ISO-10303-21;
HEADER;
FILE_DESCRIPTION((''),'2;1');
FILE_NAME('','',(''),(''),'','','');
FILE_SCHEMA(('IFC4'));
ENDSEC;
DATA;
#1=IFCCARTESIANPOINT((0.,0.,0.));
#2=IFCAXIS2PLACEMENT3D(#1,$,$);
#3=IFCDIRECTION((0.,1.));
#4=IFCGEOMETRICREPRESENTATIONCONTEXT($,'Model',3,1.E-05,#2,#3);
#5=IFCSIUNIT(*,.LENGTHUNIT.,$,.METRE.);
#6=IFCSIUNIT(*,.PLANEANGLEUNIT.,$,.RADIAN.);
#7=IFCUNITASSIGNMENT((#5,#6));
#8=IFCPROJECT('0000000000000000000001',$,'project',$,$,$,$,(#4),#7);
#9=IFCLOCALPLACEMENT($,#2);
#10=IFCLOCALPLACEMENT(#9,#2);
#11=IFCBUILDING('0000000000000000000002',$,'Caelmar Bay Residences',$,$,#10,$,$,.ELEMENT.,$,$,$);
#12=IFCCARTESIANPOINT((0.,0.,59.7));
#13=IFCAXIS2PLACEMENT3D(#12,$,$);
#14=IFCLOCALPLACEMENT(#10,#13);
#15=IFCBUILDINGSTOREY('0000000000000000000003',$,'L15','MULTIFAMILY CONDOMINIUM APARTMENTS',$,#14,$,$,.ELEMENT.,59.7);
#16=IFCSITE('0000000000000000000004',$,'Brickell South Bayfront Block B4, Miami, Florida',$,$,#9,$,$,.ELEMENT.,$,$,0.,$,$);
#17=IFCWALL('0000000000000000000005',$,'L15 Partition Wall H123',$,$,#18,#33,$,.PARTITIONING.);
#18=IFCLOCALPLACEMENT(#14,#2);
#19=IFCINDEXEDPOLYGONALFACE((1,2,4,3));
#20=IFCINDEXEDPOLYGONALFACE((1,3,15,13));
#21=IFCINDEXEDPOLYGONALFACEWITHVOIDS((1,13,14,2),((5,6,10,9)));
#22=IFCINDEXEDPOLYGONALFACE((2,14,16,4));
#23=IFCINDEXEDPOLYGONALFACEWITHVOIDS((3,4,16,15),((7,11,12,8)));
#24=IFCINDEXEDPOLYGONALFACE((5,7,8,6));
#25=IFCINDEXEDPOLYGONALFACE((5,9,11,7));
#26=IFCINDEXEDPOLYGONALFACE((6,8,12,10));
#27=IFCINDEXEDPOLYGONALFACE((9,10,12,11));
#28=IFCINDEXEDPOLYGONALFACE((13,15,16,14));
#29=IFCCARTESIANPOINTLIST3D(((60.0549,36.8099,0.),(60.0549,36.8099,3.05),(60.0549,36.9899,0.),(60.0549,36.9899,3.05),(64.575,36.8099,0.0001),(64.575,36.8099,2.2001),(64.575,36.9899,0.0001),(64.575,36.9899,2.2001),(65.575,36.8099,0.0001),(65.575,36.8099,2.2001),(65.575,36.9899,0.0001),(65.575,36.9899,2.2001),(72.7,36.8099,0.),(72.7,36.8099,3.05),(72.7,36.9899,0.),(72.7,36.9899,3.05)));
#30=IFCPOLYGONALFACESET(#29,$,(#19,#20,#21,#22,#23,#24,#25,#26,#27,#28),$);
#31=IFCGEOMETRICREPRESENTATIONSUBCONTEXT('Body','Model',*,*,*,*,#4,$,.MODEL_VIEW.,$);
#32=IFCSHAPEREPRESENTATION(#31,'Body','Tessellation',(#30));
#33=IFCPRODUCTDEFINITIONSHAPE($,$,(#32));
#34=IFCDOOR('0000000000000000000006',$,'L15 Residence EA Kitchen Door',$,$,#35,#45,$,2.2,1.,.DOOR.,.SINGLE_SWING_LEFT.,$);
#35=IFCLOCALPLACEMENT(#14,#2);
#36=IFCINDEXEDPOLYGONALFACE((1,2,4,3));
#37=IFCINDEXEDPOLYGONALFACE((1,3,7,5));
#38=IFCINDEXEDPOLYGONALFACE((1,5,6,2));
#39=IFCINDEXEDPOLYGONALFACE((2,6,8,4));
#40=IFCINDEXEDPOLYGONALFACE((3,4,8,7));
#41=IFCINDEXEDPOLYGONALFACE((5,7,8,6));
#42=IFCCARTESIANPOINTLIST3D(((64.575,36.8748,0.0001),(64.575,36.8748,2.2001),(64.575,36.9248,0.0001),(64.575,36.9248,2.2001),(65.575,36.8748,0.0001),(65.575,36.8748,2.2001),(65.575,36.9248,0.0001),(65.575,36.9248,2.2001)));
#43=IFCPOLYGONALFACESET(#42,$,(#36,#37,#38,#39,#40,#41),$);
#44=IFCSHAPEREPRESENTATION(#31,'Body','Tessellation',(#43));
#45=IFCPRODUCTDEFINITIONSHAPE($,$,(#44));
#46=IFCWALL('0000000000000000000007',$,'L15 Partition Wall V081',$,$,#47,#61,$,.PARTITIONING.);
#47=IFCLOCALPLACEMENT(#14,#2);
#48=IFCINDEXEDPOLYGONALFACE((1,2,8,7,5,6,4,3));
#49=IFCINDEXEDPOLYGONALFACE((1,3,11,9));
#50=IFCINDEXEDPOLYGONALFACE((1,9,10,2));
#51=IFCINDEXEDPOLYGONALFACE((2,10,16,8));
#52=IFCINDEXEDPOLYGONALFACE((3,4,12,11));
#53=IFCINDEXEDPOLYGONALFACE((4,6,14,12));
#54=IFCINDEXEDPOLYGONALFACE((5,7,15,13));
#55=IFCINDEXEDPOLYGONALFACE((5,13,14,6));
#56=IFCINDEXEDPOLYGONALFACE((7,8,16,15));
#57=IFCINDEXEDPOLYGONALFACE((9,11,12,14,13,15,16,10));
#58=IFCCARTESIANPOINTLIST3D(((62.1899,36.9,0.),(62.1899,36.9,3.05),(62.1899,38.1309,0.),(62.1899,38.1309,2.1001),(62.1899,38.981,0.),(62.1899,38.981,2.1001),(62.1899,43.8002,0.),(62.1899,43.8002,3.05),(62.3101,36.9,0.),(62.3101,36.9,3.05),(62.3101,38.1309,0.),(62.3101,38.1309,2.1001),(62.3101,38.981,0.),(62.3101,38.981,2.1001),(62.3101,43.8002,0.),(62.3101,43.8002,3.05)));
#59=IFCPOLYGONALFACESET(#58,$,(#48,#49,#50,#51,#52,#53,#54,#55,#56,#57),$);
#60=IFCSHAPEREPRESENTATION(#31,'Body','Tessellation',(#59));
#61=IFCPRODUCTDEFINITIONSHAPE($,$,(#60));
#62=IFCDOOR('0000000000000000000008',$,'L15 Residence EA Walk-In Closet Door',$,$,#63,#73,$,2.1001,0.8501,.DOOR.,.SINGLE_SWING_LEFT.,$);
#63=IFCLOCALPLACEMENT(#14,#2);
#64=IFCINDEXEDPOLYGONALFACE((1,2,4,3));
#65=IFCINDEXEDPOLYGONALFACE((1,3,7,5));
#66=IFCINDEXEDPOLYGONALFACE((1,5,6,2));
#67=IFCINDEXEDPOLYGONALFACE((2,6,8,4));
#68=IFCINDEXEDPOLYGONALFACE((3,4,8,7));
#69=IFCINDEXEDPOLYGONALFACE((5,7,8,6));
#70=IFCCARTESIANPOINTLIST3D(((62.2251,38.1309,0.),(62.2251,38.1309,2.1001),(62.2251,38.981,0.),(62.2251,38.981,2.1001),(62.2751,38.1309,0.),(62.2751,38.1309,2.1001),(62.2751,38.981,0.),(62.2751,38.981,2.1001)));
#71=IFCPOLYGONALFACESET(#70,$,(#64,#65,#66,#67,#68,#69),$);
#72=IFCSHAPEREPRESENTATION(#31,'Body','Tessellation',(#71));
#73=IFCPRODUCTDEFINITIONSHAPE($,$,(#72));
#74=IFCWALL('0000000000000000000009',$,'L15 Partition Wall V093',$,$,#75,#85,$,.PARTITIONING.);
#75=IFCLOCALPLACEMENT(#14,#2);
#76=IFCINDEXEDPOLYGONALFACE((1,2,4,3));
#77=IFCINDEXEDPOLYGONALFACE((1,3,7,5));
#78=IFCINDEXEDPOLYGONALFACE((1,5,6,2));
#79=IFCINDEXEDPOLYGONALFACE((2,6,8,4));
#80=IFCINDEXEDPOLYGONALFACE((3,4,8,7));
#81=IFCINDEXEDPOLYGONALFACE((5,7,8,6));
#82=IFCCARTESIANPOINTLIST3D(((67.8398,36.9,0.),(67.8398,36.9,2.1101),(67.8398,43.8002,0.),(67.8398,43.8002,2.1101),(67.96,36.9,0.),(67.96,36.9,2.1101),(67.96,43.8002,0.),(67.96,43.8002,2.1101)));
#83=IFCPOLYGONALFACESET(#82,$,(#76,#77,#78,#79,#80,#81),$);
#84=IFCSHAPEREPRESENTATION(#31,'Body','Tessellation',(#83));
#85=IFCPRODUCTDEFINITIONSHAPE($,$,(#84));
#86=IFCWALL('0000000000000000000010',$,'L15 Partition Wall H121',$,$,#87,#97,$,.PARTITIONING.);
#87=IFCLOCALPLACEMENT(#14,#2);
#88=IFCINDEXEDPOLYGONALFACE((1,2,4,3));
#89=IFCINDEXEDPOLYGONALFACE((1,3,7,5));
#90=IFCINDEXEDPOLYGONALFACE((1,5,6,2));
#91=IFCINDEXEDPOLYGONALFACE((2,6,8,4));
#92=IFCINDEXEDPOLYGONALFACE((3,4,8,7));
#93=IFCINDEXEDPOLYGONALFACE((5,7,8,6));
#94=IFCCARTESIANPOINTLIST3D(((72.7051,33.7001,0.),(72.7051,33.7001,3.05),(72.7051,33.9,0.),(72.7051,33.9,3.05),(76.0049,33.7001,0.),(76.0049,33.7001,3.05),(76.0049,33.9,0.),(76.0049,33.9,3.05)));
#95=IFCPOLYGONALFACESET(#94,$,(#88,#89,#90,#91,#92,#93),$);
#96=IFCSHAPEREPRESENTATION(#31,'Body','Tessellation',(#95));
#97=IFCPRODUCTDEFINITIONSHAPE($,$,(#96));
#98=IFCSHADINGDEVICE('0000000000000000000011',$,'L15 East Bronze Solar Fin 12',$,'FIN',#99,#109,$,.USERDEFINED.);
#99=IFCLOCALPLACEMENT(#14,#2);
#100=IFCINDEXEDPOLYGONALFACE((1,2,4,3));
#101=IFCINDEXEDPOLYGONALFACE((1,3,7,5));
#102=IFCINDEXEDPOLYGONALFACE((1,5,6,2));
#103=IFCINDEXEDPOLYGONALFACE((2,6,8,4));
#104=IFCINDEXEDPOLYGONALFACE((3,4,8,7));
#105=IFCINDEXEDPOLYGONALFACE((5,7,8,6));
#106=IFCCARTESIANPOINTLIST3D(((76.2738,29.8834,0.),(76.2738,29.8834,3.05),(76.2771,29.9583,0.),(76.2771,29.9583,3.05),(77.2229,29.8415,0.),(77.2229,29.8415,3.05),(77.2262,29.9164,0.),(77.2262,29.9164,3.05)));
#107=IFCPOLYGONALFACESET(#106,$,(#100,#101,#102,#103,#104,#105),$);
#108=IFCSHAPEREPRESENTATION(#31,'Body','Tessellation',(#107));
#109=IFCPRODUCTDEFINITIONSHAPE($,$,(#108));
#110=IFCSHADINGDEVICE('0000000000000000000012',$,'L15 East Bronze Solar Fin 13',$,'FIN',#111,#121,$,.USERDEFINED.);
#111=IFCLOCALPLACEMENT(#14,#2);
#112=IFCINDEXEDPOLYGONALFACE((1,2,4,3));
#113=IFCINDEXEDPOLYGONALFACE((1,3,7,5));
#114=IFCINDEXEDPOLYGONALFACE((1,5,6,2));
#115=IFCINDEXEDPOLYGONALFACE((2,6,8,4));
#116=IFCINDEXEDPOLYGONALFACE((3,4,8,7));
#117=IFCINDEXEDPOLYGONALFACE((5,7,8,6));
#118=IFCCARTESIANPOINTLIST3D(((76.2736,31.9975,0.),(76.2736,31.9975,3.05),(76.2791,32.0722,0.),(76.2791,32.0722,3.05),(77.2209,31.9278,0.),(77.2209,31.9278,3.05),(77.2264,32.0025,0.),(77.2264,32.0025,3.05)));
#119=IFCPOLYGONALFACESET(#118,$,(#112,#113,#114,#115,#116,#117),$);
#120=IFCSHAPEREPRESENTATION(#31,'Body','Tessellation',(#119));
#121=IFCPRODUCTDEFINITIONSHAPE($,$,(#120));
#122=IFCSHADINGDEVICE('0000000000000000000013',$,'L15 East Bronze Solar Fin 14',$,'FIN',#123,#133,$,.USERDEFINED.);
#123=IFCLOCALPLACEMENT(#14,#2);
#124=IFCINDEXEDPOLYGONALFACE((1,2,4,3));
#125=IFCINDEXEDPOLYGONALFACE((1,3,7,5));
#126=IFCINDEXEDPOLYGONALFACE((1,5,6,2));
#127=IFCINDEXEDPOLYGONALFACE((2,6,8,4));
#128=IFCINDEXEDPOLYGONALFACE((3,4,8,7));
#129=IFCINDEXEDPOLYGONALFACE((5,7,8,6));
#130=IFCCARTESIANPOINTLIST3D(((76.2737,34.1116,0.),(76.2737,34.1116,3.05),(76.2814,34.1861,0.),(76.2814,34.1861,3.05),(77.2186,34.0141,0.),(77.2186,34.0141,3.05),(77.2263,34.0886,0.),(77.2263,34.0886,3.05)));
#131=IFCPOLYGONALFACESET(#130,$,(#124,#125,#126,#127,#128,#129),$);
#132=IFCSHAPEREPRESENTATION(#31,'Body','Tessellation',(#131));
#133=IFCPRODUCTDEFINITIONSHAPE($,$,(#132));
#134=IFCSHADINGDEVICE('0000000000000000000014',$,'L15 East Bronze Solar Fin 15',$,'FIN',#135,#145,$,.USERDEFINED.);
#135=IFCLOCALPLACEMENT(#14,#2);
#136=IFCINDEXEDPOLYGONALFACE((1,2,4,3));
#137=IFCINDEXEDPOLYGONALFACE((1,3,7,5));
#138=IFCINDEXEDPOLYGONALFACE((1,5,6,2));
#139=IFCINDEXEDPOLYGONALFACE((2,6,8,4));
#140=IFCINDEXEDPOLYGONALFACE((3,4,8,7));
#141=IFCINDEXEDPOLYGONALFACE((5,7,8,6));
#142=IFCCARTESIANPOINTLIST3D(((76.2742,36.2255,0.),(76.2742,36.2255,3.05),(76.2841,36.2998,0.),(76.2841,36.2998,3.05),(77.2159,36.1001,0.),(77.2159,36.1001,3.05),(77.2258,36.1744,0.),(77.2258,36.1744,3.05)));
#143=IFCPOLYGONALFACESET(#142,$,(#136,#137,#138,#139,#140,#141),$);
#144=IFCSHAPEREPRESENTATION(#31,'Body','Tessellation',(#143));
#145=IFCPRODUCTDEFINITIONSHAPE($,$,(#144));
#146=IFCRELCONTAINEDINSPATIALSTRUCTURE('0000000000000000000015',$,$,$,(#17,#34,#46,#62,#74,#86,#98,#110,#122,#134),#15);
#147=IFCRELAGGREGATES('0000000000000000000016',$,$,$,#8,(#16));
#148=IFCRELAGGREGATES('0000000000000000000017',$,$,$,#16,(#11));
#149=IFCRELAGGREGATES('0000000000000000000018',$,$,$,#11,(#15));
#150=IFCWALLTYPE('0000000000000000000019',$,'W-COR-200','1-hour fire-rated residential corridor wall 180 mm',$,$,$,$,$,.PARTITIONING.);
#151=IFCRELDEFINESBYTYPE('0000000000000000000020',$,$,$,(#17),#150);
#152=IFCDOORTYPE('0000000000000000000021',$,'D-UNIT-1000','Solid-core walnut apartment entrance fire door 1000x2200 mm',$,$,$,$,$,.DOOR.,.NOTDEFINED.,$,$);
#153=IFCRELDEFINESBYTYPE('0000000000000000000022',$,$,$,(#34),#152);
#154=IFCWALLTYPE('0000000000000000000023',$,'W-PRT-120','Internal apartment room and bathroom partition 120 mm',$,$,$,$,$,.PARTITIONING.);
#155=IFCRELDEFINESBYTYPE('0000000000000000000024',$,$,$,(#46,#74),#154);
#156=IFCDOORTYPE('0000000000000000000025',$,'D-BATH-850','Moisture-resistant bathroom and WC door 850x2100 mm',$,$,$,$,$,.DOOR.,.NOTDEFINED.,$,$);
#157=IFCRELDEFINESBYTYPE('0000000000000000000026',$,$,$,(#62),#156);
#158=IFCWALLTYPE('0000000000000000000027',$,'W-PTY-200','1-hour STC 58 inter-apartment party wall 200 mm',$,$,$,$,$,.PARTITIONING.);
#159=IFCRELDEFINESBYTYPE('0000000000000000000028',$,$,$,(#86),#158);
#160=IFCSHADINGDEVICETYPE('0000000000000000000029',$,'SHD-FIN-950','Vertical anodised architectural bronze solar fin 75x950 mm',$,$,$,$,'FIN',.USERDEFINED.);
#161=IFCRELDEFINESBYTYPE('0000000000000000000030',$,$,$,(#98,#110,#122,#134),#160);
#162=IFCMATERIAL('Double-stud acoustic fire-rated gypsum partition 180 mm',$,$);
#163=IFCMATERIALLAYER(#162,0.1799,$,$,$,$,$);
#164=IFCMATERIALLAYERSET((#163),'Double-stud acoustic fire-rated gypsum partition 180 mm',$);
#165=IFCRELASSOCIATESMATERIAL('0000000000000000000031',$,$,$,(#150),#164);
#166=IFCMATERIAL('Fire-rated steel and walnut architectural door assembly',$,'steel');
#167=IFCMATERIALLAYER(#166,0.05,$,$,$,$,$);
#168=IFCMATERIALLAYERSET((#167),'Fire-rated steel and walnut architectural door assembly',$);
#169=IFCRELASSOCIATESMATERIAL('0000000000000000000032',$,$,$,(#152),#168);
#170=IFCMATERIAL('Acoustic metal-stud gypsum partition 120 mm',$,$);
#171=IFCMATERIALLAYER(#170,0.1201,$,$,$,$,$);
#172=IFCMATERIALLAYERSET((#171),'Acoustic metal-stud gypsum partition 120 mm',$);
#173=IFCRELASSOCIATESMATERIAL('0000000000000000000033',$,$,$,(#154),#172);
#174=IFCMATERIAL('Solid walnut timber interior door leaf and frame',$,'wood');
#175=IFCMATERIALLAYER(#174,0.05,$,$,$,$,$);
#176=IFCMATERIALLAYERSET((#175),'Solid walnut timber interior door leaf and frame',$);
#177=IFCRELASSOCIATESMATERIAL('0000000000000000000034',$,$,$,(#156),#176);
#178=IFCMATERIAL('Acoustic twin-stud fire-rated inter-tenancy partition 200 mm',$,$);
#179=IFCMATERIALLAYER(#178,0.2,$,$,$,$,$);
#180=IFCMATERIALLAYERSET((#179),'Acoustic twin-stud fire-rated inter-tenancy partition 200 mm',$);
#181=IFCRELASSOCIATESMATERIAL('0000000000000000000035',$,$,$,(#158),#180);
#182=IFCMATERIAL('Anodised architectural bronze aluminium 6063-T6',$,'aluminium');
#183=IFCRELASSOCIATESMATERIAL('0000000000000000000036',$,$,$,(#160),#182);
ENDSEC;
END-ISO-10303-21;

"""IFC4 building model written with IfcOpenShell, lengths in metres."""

from ifc_helpers import new_model, si_unit, direction, frame, frame_2d, origin, origin_2d, place, context, subcontext, project, spatial, rectangle, extrude, material, layer, layer_set, material_profile, profile_set, type_object, element, fill, save


model = new_model("IFC4")

# Units and contexts
model_context = context("Model", 3, precision=1e-05, world=origin(), true_north=direction((0.0, 1.0)))
body_context = subcontext(model_context, "Body", "Model", "MODEL_VIEW")
ifc_project = project(units=[si_unit("LENGTHUNIT", "METRE"), si_unit("PLANEANGLEUNIT", "RADIAN")], contexts=[model_context])

# Site, building, storey
site_placement = place(None, origin())
site = spatial("IfcSite", under=ifc_project, at=site_placement, Name="Brickell South Bayfront Block B4, Miami, Florida", CompositionType="ELEMENT", RefElevation=0.0)
building_placement = place(site_placement, origin())
building = spatial("IfcBuilding", under=site, at=building_placement, Name="Caelmar Bay Residences", CompositionType="ELEMENT")
storey_placement = place(building_placement, frame((0.0, 0.0, 59.7)))
storey = spatial("IfcBuildingStorey", under=building, at=storey_placement, Name="L15", Description="MULTIFAMILY CONDOMINIUM APARTMENTS", CompositionType="ELEMENT", Elevation=59.7)

# Shared definitions
ifc_material_1 = material(Name="Double-stud acoustic fire-rated gypsum partition 180 mm")
ifc_layer_1 = layer(ifc_material_1, 0.1799)
ifc_layer_set_1 = layer_set([ifc_layer_1], Name="Double-stud acoustic fire-rated gypsum partition 180 mm")
wall_type_1 = type_object("IfcWallType", Name="W-COR-200", Description="1-hour fire-rated residential corridor wall 180 mm", PredefinedType="PARTITIONING", material=ifc_layer_set_1)

# Walls, openings, doors
wall_1_placement = place(storey_placement, frame((60.0549, 36.8999, 0.0), z_axis=(0.0, 0.0, 1.0), x_axis=(1.0, 0.0, 0.0)))
wall_1 = element("IfcWall", 1, at=wall_1_placement, inside=storey, type_object=wall_type_1, Name="L15 Partition Wall H123", PredefinedType="PARTITIONING", context=body_context, shape_type="SweptSolid", body=[
    extrude(rectangle(XDim=12.645, YDim=0.1799, at=frame_2d((6.3225, 0.0))), origin(), (0.0, 0.0, 1.0), 3.05),
])
opening_1_placement = place(wall_1_placement, frame((4.52, 0.0, 0.0)))
opening_1 = element("IfcOpeningElement", 2, at=opening_1_placement, cuts=wall_1, PredefinedType="OPENING", context=body_context, shape_type="SweptSolid", body=[
    extrude(rectangle(XDim=1.0, YDim=2.2, at=frame_2d((0.5, 1.1001))), frame((0.0, 0.0999, 0.0), z_axis=(0.0, -1.0, 0.0), x_axis=(1.0, 0.0, 0.0)), (0.0, 0.0, 1.0), 0.2),
])
ifc_material_2 = material(Name="Fire-rated steel and walnut architectural door assembly", Category="steel")
ifc_layer_2 = layer(ifc_material_2, 0.05)
ifc_layer_set_2 = layer_set([ifc_layer_2], Name="Fire-rated steel and walnut architectural door assembly")
door_type_1 = type_object("IfcDoorType", Name="D-UNIT-1000", Description="Solid-core walnut apartment entrance fire door 1000x2200 mm", OperationType="NOTDEFINED", PredefinedType="DOOR", material=ifc_layer_set_2)
door_1_placement = place(opening_1_placement, origin())
door_1 = element("IfcDoor", 3, at=door_1_placement, inside=storey, type_object=door_type_1, Name="L15 Residence EA Kitchen Door", OperationType="SINGLE_SWING_LEFT", OverallHeight=2.2, OverallWidth=1.0, PredefinedType="DOOR", context=body_context, shape_type="SweptSolid", body=[
    extrude(rectangle(XDim=1.0, YDim=2.2, at=frame_2d((0.5, 1.1001))), frame((0.0, 0.0249, 0.0), z_axis=(0.0, -1.0, 0.0), x_axis=(1.0, 0.0, 0.0)), (0.0, 0.0, 1.0), 0.05),
])
fill(opening_1, door_1)
ifc_material_3 = material(Name="Acoustic metal-stud gypsum partition 120 mm")
ifc_layer_3 = layer(ifc_material_3, 0.1201)
ifc_layer_set_3 = layer_set([ifc_layer_3], Name="Acoustic metal-stud gypsum partition 120 mm")
wall_type_2 = type_object("IfcWallType", Name="W-PRT-120", Description="Internal apartment room and bathroom partition 120 mm", PredefinedType="PARTITIONING", material=ifc_layer_set_3)
wall_2_placement = place(storey_placement, frame((62.25, 36.8999, 0.0), z_axis=(0.0, 0.0, 1.0), x_axis=(0.0, 1.0, 0.0)))
wall_2 = element("IfcWall", 4, at=wall_2_placement, inside=storey, type_object=wall_type_2, Name="L15 Partition Wall V081", PredefinedType="PARTITIONING", context=body_context, shape_type="SweptSolid", body=[
    extrude(rectangle(XDim=6.9001, YDim=0.1201, at=frame_2d((3.4502, 0.0))), origin(), (0.0, 0.0, 1.0), 3.05),
])
opening_2_placement = place(wall_2_placement, frame((1.231, 0.0, 0.0)))
opening_2 = element("IfcOpeningElement", 5, at=opening_2_placement, cuts=wall_2, PredefinedType="OPENING", context=body_context, shape_type="SweptSolid", body=[
    extrude(rectangle(XDim=0.8501, YDim=2.1001, at=frame_2d((0.425, 1.05))), frame((0.0, 0.0701, 0.0), z_axis=(0.0, -1.0, 0.0), x_axis=(1.0, 0.0, 0.0)), (0.0, 0.0, 1.0), 0.1401),
])
ifc_material_4 = material(Name="Solid walnut timber interior door leaf and frame", Category="wood")
ifc_layer_4 = layer(ifc_material_4, 0.05)
ifc_layer_set_4 = layer_set([ifc_layer_4], Name="Solid walnut timber interior door leaf and frame")
door_type_2 = type_object("IfcDoorType", Name="D-BATH-850", Description="Moisture-resistant bathroom and WC door 850x2100 mm", OperationType="NOTDEFINED", PredefinedType="DOOR", material=ifc_layer_set_4)
door_2_placement = place(opening_2_placement, origin())
door_2 = element("IfcDoor", 6, at=door_2_placement, inside=storey, type_object=door_type_2, Name="L15 Residence EA Walk-In Closet Door", OperationType="SINGLE_SWING_LEFT", OverallHeight=2.1001, OverallWidth=0.8501, PredefinedType="DOOR", context=body_context, shape_type="SweptSolid", body=[
    extrude(rectangle(XDim=0.8501, YDim=2.1001, at=frame_2d((0.425, 1.05))), frame((0.0, 0.0249, 0.0), z_axis=(0.0, -1.0, 0.0), x_axis=(1.0, 0.0, 0.0)), (0.0, 0.0, 1.0), 0.05),
])
fill(opening_2, door_2)

# Walls
wall_3_placement = place(storey_placement, frame((67.8999, 36.8999, 0.0), z_axis=(0.0, 0.0, 1.0), x_axis=(0.0, 1.0, 0.0)))
element("IfcWall", 7, at=wall_3_placement, inside=storey, type_object=wall_type_2, Name="L15 Partition Wall V093", PredefinedType="PARTITIONING", context=body_context, shape_type="SweptSolid", body=[
    extrude(rectangle(XDim=6.9001, YDim=0.1201, at=frame_2d((3.4502, 0.0))), origin(), (0.0, 0.0, 1.0), 2.1101),
])
ifc_material_5 = material(Name="Acoustic twin-stud fire-rated inter-tenancy partition 200 mm")
ifc_layer_5 = layer(ifc_material_5, 0.2)
ifc_layer_set_5 = layer_set([ifc_layer_5], Name="Acoustic twin-stud fire-rated inter-tenancy partition 200 mm")
wall_type_3 = type_object("IfcWallType", Name="W-PTY-200", Description="1-hour STC 58 inter-apartment party wall 200 mm", PredefinedType="PARTITIONING", material=ifc_layer_set_5)
wall_4_placement = place(storey_placement, frame((72.7051, 33.8, 0.0), z_axis=(0.0, 0.0, 1.0), x_axis=(1.0, 0.0, 0.0)))
element("IfcWall", 8, at=wall_4_placement, inside=storey, type_object=wall_type_3, Name="L15 Partition Wall H121", PredefinedType="PARTITIONING", context=body_context, shape_type="SweptSolid", body=[
    extrude(rectangle(XDim=3.2998, YDim=0.2, at=frame_2d((1.6499, 0.0))), origin(), (0.0, 0.0, 1.0), 3.05),
])

# Shading devices
ifc_material_6 = material(Name="Anodised architectural bronze aluminium 6063-T6", Category="aluminium")
ifc_material_profile_1 = material_profile(ifc_material_6, rectangle(XDim=0.075, YDim=0.95, at=origin_2d()), Name="BRONZE-FIN-75X950")
ifc_profile_set_1 = profile_set([ifc_material_profile_1], Name="Anodised architectural bronze aluminium 6063-T6")
shading_device_type = type_object("IfcShadingDeviceType", Name="SHD-FIN-950", Description="Vertical anodised architectural bronze solar fin 75x950 mm", ElementType="FIN", PredefinedType="USERDEFINED", material=ifc_profile_set_1)
for number, where, z_axis, x_axis, name in (
    (9, (76.75, 29.8999, 0.0), (0.0, 0.0, 1.0), (0.044142, 0.999025, 0.0), "L15 East Bronze Solar Fin 12"),
    (10, (76.75, 32.0, 0.0), (0.0, 0.0, 1.0), (0.073412, 0.997302, 0.0), "L15 East Bronze Solar Fin 13"),
    (11, (76.75, 34.1001, 0.0), (0.0, 0.0, 1.0), (0.102619, 0.994721, 0.0), "L15 East Bronze Solar Fin 14"),
    (12, (76.75, 36.2, 0.0), (0.0, 0.0, 1.0), (0.13191, 0.991262, 0.0), "L15 East Bronze Solar Fin 15"),
):
    element("IfcShadingDevice", number, at=place(storey_placement, frame(where, z_axis=z_axis, x_axis=x_axis)), inside=storey, type_object=shading_device_type, Name=name, ObjectType="FIN", PredefinedType="USERDEFINED", context=body_context, shape_type="SweptSolid", body=[
        extrude(rectangle(XDim=0.075, YDim=0.95, at=origin_2d()), origin(), (0.0, 0.0, 1.0), 3.05),
    ])

save(model, "model.ifc")
